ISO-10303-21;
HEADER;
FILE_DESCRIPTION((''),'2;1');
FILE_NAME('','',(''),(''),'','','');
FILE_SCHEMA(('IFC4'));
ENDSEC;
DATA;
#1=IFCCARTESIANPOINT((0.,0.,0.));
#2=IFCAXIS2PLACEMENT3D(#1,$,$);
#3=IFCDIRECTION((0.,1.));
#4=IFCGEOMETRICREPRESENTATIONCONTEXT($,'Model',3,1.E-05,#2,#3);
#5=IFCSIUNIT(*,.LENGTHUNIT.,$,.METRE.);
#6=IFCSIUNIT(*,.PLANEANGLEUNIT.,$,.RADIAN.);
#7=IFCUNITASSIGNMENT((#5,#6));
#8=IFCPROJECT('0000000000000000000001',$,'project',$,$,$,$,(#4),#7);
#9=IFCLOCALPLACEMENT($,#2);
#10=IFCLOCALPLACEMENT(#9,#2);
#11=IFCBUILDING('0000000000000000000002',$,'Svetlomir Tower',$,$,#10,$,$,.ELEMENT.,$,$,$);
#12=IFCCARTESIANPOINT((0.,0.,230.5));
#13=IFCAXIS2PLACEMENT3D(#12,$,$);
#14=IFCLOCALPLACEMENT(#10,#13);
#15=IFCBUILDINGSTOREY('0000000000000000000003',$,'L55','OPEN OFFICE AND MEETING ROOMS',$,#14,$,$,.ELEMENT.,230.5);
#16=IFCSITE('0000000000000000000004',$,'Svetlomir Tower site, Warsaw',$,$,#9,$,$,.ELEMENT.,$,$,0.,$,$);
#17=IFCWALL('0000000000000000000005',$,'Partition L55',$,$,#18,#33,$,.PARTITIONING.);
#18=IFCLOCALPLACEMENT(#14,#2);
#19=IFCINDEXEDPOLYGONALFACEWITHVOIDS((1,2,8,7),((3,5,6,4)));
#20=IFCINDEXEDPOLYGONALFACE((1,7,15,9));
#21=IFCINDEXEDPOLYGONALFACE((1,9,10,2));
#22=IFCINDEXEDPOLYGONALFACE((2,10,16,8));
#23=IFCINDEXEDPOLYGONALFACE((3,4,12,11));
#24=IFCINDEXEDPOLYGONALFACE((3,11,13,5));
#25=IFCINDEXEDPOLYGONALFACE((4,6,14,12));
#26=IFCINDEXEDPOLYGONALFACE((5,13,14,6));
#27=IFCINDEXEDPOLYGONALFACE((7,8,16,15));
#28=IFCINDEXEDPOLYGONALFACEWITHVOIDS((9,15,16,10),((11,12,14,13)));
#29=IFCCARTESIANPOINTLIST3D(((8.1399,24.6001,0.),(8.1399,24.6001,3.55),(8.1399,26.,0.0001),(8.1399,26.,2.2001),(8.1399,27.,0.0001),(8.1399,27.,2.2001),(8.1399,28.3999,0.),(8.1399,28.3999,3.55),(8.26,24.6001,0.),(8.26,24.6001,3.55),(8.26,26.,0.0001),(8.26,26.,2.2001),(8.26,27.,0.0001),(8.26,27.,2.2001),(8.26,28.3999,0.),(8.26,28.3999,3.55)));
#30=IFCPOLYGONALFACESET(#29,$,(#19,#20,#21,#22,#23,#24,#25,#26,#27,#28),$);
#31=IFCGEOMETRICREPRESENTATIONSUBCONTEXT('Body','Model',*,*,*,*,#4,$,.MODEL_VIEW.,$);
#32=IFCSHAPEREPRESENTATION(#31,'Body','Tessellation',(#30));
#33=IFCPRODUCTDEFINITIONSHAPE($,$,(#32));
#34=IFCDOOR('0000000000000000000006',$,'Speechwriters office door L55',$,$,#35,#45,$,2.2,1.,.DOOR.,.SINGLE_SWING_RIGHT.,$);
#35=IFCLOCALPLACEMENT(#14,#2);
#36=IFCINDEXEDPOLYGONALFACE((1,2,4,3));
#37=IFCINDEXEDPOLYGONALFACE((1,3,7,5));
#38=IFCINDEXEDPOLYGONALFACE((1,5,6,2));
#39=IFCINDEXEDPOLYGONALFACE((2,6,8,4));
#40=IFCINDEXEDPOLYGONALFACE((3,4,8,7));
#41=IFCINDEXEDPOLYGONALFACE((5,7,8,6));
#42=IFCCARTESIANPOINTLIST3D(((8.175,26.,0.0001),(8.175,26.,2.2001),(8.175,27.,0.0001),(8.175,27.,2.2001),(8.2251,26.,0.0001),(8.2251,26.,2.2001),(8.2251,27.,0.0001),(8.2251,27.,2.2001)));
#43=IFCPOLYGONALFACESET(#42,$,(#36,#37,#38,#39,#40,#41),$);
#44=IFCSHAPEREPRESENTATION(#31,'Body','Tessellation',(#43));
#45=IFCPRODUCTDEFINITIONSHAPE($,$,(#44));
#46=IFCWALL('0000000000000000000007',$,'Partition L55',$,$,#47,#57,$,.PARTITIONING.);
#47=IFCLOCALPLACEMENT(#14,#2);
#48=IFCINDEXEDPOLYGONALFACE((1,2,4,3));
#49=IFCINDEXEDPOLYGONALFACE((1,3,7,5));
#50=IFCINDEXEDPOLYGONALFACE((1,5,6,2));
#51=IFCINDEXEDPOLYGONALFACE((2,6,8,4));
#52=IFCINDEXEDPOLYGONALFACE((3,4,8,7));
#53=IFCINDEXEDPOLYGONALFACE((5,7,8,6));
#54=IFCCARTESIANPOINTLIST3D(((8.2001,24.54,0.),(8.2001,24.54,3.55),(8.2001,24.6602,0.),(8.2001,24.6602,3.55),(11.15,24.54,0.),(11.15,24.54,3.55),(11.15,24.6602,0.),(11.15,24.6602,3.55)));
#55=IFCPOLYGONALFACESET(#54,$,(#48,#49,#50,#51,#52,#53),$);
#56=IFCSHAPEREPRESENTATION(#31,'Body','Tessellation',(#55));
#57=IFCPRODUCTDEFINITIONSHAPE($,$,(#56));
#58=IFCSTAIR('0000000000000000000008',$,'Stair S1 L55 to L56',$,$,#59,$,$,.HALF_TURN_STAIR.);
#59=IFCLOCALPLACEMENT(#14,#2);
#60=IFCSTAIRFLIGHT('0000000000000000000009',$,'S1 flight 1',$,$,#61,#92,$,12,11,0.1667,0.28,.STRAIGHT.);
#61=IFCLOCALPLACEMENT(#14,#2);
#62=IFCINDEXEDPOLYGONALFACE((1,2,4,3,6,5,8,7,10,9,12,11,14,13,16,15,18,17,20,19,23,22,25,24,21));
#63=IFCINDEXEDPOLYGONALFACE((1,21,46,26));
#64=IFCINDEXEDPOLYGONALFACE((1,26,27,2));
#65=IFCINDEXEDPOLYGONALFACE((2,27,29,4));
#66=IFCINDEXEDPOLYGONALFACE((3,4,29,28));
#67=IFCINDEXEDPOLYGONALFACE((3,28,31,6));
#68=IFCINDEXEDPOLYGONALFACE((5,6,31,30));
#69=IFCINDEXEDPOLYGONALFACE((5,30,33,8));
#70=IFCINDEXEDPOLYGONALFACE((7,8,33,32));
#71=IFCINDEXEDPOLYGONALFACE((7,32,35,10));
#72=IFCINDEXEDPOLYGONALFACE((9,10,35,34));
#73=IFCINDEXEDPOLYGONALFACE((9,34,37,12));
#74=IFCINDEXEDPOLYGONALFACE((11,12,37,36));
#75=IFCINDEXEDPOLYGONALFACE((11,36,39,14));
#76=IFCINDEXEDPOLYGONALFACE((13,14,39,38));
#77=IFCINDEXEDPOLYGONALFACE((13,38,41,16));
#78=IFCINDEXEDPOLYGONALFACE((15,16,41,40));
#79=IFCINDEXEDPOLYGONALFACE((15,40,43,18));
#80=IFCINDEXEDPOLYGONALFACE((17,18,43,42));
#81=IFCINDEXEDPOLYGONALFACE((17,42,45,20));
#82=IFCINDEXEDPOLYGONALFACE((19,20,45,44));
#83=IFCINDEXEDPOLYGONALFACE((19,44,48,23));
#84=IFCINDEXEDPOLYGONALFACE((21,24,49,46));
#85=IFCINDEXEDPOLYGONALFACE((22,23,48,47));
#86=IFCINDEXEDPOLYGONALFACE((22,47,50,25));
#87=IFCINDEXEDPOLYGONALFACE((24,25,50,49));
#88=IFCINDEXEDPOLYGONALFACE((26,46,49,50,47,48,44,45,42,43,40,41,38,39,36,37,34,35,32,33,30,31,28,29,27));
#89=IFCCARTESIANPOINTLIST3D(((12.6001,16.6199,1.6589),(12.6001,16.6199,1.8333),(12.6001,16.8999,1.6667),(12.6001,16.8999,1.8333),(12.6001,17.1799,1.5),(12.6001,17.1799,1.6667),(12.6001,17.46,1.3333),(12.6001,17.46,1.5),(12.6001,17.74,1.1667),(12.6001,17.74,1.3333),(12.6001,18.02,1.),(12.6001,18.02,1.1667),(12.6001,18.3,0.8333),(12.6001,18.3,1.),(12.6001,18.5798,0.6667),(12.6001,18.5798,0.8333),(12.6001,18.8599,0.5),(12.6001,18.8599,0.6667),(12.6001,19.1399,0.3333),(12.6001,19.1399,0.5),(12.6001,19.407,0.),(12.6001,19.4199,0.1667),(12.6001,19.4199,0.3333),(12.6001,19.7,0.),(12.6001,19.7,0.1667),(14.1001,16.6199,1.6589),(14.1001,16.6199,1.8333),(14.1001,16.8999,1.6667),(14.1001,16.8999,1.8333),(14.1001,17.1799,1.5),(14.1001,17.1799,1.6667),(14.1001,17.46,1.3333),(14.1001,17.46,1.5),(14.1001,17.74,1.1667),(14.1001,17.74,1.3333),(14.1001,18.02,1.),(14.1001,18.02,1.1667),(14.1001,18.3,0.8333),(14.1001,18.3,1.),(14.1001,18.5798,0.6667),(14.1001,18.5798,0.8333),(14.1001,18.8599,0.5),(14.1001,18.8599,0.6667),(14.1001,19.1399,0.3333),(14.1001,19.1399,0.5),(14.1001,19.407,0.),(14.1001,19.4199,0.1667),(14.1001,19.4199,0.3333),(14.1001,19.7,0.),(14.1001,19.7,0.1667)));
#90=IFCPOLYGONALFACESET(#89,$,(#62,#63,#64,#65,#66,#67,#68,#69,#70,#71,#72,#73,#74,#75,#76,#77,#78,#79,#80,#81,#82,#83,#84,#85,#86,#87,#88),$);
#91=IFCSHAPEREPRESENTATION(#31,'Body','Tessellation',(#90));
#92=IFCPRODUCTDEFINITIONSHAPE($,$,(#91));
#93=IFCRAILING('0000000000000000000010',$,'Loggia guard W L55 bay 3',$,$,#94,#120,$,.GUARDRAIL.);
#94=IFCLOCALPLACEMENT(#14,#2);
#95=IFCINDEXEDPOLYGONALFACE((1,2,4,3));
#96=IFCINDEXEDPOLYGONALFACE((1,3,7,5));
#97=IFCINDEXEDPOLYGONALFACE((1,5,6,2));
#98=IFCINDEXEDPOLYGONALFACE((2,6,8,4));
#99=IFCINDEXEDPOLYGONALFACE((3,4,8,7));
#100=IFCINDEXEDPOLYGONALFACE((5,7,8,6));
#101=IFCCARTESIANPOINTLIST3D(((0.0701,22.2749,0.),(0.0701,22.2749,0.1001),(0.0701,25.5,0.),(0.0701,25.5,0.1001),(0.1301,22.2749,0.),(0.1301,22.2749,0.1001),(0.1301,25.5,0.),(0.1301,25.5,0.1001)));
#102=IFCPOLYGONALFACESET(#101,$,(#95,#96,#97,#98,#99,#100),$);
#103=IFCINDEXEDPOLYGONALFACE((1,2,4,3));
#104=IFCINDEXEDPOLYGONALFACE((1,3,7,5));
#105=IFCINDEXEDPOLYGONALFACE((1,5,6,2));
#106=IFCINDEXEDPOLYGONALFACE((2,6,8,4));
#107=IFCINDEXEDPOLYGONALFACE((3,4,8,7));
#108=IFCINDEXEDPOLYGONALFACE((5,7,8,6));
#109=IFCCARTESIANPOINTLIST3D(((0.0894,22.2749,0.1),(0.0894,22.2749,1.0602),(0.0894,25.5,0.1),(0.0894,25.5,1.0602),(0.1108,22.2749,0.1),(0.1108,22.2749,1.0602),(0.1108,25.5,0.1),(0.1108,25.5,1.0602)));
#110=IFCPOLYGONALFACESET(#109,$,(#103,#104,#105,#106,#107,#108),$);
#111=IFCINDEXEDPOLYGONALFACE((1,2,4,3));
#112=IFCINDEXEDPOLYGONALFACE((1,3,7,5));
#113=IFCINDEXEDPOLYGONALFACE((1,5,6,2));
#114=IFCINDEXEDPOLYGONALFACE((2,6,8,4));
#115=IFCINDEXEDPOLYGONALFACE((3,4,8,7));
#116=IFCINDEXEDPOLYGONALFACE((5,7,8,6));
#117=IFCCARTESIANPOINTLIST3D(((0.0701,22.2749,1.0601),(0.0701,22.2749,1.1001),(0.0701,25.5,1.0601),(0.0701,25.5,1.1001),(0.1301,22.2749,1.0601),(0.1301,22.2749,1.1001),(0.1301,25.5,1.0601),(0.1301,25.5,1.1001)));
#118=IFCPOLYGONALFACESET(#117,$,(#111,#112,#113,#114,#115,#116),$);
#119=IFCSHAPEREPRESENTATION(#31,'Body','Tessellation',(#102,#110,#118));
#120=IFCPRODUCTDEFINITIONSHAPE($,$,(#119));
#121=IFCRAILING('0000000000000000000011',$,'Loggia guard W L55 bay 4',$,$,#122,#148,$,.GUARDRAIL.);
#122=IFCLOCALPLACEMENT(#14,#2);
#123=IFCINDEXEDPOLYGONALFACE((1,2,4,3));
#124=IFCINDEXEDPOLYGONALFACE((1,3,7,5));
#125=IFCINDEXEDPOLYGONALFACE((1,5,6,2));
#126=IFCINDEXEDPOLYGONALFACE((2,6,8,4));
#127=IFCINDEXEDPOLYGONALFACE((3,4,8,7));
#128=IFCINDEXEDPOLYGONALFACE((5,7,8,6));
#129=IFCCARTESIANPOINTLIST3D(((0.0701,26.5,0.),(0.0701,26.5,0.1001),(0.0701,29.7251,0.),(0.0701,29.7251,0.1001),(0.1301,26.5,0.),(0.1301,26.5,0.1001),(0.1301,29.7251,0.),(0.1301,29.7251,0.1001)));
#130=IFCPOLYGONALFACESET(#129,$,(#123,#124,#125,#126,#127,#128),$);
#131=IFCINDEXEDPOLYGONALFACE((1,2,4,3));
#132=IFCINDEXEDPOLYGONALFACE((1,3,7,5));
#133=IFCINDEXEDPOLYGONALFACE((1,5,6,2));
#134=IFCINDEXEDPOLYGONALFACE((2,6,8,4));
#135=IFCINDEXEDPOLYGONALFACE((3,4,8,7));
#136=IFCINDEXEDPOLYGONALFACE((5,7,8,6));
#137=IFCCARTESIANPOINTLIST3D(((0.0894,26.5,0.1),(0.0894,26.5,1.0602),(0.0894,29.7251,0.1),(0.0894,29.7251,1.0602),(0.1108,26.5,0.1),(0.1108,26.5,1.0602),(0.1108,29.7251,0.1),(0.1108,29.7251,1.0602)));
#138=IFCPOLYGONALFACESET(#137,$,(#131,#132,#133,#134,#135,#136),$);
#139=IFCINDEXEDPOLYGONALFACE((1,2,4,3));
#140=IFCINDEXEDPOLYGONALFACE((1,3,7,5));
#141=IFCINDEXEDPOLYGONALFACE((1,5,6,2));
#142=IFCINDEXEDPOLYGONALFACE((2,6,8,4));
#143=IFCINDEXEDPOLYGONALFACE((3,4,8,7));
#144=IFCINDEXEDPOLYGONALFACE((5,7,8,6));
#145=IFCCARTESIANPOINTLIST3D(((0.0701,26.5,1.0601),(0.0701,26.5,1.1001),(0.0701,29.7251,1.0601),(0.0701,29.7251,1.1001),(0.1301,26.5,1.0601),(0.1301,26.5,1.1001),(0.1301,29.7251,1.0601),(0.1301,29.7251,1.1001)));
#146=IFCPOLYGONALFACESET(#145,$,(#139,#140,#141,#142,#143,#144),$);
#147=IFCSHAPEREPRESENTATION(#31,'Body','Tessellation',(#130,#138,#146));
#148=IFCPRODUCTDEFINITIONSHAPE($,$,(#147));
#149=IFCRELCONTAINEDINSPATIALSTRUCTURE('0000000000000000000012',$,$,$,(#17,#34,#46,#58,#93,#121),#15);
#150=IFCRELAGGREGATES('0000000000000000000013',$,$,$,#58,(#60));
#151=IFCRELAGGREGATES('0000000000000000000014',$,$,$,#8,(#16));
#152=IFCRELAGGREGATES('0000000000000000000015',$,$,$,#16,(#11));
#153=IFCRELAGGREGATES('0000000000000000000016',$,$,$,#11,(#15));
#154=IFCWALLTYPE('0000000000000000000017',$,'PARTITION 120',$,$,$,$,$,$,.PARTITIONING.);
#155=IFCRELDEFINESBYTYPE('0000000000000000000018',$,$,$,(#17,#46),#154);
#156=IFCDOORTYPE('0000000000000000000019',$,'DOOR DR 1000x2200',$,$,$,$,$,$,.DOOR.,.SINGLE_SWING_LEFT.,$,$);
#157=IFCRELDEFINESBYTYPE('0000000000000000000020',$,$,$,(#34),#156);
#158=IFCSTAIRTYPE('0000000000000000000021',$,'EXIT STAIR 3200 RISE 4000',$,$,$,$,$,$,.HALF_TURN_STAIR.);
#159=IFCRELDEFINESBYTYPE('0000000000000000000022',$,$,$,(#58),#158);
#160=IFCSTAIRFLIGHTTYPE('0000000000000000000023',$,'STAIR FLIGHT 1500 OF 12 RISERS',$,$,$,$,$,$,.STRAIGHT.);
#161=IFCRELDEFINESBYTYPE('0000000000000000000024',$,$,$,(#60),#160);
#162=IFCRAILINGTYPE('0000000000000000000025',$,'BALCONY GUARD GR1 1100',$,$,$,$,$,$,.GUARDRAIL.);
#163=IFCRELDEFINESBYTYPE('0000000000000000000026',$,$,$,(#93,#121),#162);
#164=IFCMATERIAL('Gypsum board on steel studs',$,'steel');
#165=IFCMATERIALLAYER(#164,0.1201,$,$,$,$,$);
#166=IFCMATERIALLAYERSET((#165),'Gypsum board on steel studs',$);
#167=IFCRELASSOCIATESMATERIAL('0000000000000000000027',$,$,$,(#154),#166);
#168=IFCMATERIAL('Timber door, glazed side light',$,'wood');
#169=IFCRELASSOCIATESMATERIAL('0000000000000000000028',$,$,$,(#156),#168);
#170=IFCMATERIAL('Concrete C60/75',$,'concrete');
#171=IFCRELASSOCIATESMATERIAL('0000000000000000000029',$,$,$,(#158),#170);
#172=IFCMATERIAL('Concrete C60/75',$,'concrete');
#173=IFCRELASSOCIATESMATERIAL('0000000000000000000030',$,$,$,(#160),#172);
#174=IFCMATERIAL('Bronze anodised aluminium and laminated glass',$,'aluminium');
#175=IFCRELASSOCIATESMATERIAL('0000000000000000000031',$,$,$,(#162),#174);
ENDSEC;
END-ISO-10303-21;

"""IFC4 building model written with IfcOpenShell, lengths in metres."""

from ifc_helpers import new_model, si_unit, direction, frame, frame_2d, origin, origin_2d, place, context, subcontext, project, spatial, polyline, rectangle, outline, extrude, material, layer, layer_set, type_object, element, fill, aggregate, save


model = new_model("IFC4")

# Units and contexts
model_context = context("Model", 3, precision=1e-05, world=origin(), true_north=direction((0.0, 1.0)))
body_context = subcontext(model_context, "Body", "Model", "MODEL_VIEW")
ifc_project = project(units=[si_unit("LENGTHUNIT", "METRE"), si_unit("PLANEANGLEUNIT", "RADIAN")], contexts=[model_context])

# Site, building, storey
site_placement = place(None, origin())
site = spatial("IfcSite", under=ifc_project, at=site_placement, Name="Svetlomir Tower site, Warsaw", CompositionType="ELEMENT", RefElevation=0.0)
building_placement = place(site_placement, origin())
building = spatial("IfcBuilding", under=site, at=building_placement, Name="Svetlomir Tower", CompositionType="ELEMENT")
storey_placement = place(building_placement, frame((0.0, 0.0, 230.5)))
storey = spatial("IfcBuildingStorey", under=building, at=storey_placement, Name="L55", Description="OPEN OFFICE AND MEETING ROOMS", CompositionType="ELEMENT", Elevation=230.5)

# Wall, opening, door
ifc_material_1 = material(Name="Gypsum board on steel studs", Category="steel")
ifc_layer_1 = layer(ifc_material_1, 0.1201)
ifc_layer_set_1 = layer_set([ifc_layer_1], Name="Gypsum board on steel studs")
wall_type_1 = type_object("IfcWallType", Name="PARTITION 120", PredefinedType="PARTITIONING", material=ifc_layer_set_1)
wall_1_placement = place(storey_placement, frame((8.2, 24.6001, 0.0), z_axis=(0.0, 0.0, 1.0), x_axis=(0.0, 1.0, 0.0)))
wall_1 = element("IfcWall", 1, at=wall_1_placement, inside=storey, type_object=wall_type_1, Name="Partition L55", PredefinedType="PARTITIONING", context=body_context, shape_type="SweptSolid", body=[
    extrude(rectangle(XDim=3.7998, YDim=0.1201, at=frame_2d((1.8999, 0.0))), origin(), (0.0, 0.0, 1.0), 3.55),
])
opening_1_placement = place(wall_1_placement, frame((1.3999, 0.0, 0.0)))
opening_1 = element("IfcOpeningElement", 2, at=opening_1_placement, cuts=wall_1, PredefinedType="OPENING", context=body_context, shape_type="SweptSolid", body=[
    extrude(rectangle(XDim=1.0, YDim=2.2, at=frame_2d((0.5, 1.1001))), frame((0.0, 0.0701, 0.0), z_axis=(0.0, -1.0, 0.0), x_axis=(1.0, 0.0, 0.0)), (0.0, 0.0, 1.0), 0.1401),
])
ifc_material_2 = material(Name="Timber door, glazed side light", Category="wood")
door_type_1 = type_object("IfcDoorType", Name="DOOR DR 1000x2200", OperationType="SINGLE_SWING_LEFT", PredefinedType="DOOR", material=ifc_material_2)
door_1_placement = place(opening_1_placement, origin())
door_1 = element("IfcDoor", 3, at=door_1_placement, inside=storey, type_object=door_type_1, Name="Speechwriters office door L55", OperationType="SINGLE_SWING_RIGHT", OverallHeight=2.2, OverallWidth=1.0, PredefinedType="DOOR", context=body_context, shape_type="SweptSolid", body=[
    extrude(rectangle(XDim=1.0, YDim=2.2, at=frame_2d((0.5, 1.1001))), frame((0.0, 0.0249, 0.0), z_axis=(0.0, -1.0, 0.0), x_axis=(1.0, 0.0, 0.0)), (0.0, 0.0, 1.0), 0.05),
])
fill(opening_1, door_1)

# Wall
wall_2_placement = place(storey_placement, frame((8.2, 24.6001, 0.0), z_axis=(0.0, 0.0, 1.0), x_axis=(1.0, 0.0, 0.0)))
element("IfcWall", 4, at=wall_2_placement, inside=storey, type_object=wall_type_1, Name="Partition L55", PredefinedType="PARTITIONING", context=body_context, shape_type="SweptSolid", body=[
    extrude(rectangle(XDim=2.95, YDim=0.1201, at=frame_2d((1.4751, 0.0))), origin(), (0.0, 0.0, 1.0), 3.55),
])

# Stair, stair flight
ifc_material_3 = material(Name="Concrete C60/75", Category="concrete")
stair_type = type_object("IfcStairType", Name="EXIT STAIR 3200 RISE 4000", PredefinedType="HALF_TURN_STAIR", material=ifc_material_3)
stair_placement = place(storey_placement, origin())
stair = element("IfcStair", 5, at=stair_placement, inside=storey, type_object=stair_type, Name="Stair S1 L55 to L56", PredefinedType="HALF_TURN_STAIR")
ifc_material_4 = material(Name="Concrete C60/75", Category="concrete")
stair_flight_type = type_object("IfcStairFlightType", Name="STAIR FLIGHT 1500 OF 12 RISERS", PredefinedType="STRAIGHT", material=ifc_material_4)
stair_flight_placement = place(storey_placement, frame((13.3501, 19.7, 0.0), z_axis=(0.0, 0.0, 1.0), x_axis=(0.0, -1.0, 0.0)))
stair_flight = element("IfcStairFlight", 6, at=stair_flight_placement, type_object=stair_flight_type, Name="S1 flight 1", NumberOfRisers=12, NumberOfTreads=11, PredefinedType="STRAIGHT", RiserHeight=0.1667, TreadLength=0.28, context=body_context, shape_type="SweptSolid", body=[
    extrude(outline(polyline([(0.0, 0.0), (0.0, 0.1667), (0.28, 0.1667), (0.28, 0.3333), (0.5601, 0.3333), (0.5601, 0.5), (0.8401, 0.5), (0.8401, 0.6667), (1.1201, 0.6667), (1.1201, 0.8333), (1.3999, 0.8333), (1.3999, 1.0), (1.6799, 1.0), (1.6799, 1.1667), (1.96, 1.1667), (1.96, 1.3333), (2.24, 1.3333), (2.24, 1.5), (2.52, 1.5), (2.52, 1.6667), (2.8, 1.6667), (2.8, 1.8333), (3.0801, 1.8333), (3.0801, 2.0), (3.0801, 1.6589), (0.293, 0.0), (0.0, 0.0)])), frame((0.0, 0.75, 0.0), z_axis=(0.0, -1.0, 0.0), x_axis=(1.0, 0.0, 0.0)), (0.0, 0.0, 1.0), 1.5),
])
aggregate(stair, [stair_flight])

# Railings
ifc_material_5 = material(Name="Bronze anodised aluminium and laminated glass", Category="aluminium")
railing_type_1 = type_object("IfcRailingType", Name="BALCONY GUARD GR1 1100", PredefinedType="GUARDRAIL", material=ifc_material_5)
for number, where, name in (
    (7, (0.1001, 22.2749, 0.0), "Loggia guard W L55 bay 3"),
    (8, (0.1001, 26.5, 0.0), "Loggia guard W L55 bay 4"),
):
    element("IfcRailing", number, at=place(storey_placement, frame(where)), inside=storey, type_object=railing_type_1, Name=name, PredefinedType="GUARDRAIL", context=body_context, shape_type="SweptSolid", body=[
        extrude(rectangle(XDim=0.0601, YDim=0.1001, at=origin_2d()), frame((0.0, 0.0, 0.05), z_axis=(0.0, 1.0, 0.0), x_axis=(-1.0, 0.0, 0.0)), (0.0, 0.0, 1.0), 3.2251),
        extrude(rectangle(XDim=0.0215, YDim=0.9602, at=origin_2d()), frame((0.0, 0.0, 0.5801), z_axis=(0.0, 1.0, 0.0), x_axis=(-1.0, 0.0, 0.0)), (0.0, 0.0, 1.0), 3.2251),
        extrude(rectangle(XDim=0.0601, YDim=0.04, at=origin_2d()), frame((0.0, 0.0, 1.0801), z_axis=(0.0, 1.0, 0.0), x_axis=(-1.0, 0.0, 0.0)), (0.0, 0.0, 1.0), 3.2251),
    ])

save(model, "model.ifc")
